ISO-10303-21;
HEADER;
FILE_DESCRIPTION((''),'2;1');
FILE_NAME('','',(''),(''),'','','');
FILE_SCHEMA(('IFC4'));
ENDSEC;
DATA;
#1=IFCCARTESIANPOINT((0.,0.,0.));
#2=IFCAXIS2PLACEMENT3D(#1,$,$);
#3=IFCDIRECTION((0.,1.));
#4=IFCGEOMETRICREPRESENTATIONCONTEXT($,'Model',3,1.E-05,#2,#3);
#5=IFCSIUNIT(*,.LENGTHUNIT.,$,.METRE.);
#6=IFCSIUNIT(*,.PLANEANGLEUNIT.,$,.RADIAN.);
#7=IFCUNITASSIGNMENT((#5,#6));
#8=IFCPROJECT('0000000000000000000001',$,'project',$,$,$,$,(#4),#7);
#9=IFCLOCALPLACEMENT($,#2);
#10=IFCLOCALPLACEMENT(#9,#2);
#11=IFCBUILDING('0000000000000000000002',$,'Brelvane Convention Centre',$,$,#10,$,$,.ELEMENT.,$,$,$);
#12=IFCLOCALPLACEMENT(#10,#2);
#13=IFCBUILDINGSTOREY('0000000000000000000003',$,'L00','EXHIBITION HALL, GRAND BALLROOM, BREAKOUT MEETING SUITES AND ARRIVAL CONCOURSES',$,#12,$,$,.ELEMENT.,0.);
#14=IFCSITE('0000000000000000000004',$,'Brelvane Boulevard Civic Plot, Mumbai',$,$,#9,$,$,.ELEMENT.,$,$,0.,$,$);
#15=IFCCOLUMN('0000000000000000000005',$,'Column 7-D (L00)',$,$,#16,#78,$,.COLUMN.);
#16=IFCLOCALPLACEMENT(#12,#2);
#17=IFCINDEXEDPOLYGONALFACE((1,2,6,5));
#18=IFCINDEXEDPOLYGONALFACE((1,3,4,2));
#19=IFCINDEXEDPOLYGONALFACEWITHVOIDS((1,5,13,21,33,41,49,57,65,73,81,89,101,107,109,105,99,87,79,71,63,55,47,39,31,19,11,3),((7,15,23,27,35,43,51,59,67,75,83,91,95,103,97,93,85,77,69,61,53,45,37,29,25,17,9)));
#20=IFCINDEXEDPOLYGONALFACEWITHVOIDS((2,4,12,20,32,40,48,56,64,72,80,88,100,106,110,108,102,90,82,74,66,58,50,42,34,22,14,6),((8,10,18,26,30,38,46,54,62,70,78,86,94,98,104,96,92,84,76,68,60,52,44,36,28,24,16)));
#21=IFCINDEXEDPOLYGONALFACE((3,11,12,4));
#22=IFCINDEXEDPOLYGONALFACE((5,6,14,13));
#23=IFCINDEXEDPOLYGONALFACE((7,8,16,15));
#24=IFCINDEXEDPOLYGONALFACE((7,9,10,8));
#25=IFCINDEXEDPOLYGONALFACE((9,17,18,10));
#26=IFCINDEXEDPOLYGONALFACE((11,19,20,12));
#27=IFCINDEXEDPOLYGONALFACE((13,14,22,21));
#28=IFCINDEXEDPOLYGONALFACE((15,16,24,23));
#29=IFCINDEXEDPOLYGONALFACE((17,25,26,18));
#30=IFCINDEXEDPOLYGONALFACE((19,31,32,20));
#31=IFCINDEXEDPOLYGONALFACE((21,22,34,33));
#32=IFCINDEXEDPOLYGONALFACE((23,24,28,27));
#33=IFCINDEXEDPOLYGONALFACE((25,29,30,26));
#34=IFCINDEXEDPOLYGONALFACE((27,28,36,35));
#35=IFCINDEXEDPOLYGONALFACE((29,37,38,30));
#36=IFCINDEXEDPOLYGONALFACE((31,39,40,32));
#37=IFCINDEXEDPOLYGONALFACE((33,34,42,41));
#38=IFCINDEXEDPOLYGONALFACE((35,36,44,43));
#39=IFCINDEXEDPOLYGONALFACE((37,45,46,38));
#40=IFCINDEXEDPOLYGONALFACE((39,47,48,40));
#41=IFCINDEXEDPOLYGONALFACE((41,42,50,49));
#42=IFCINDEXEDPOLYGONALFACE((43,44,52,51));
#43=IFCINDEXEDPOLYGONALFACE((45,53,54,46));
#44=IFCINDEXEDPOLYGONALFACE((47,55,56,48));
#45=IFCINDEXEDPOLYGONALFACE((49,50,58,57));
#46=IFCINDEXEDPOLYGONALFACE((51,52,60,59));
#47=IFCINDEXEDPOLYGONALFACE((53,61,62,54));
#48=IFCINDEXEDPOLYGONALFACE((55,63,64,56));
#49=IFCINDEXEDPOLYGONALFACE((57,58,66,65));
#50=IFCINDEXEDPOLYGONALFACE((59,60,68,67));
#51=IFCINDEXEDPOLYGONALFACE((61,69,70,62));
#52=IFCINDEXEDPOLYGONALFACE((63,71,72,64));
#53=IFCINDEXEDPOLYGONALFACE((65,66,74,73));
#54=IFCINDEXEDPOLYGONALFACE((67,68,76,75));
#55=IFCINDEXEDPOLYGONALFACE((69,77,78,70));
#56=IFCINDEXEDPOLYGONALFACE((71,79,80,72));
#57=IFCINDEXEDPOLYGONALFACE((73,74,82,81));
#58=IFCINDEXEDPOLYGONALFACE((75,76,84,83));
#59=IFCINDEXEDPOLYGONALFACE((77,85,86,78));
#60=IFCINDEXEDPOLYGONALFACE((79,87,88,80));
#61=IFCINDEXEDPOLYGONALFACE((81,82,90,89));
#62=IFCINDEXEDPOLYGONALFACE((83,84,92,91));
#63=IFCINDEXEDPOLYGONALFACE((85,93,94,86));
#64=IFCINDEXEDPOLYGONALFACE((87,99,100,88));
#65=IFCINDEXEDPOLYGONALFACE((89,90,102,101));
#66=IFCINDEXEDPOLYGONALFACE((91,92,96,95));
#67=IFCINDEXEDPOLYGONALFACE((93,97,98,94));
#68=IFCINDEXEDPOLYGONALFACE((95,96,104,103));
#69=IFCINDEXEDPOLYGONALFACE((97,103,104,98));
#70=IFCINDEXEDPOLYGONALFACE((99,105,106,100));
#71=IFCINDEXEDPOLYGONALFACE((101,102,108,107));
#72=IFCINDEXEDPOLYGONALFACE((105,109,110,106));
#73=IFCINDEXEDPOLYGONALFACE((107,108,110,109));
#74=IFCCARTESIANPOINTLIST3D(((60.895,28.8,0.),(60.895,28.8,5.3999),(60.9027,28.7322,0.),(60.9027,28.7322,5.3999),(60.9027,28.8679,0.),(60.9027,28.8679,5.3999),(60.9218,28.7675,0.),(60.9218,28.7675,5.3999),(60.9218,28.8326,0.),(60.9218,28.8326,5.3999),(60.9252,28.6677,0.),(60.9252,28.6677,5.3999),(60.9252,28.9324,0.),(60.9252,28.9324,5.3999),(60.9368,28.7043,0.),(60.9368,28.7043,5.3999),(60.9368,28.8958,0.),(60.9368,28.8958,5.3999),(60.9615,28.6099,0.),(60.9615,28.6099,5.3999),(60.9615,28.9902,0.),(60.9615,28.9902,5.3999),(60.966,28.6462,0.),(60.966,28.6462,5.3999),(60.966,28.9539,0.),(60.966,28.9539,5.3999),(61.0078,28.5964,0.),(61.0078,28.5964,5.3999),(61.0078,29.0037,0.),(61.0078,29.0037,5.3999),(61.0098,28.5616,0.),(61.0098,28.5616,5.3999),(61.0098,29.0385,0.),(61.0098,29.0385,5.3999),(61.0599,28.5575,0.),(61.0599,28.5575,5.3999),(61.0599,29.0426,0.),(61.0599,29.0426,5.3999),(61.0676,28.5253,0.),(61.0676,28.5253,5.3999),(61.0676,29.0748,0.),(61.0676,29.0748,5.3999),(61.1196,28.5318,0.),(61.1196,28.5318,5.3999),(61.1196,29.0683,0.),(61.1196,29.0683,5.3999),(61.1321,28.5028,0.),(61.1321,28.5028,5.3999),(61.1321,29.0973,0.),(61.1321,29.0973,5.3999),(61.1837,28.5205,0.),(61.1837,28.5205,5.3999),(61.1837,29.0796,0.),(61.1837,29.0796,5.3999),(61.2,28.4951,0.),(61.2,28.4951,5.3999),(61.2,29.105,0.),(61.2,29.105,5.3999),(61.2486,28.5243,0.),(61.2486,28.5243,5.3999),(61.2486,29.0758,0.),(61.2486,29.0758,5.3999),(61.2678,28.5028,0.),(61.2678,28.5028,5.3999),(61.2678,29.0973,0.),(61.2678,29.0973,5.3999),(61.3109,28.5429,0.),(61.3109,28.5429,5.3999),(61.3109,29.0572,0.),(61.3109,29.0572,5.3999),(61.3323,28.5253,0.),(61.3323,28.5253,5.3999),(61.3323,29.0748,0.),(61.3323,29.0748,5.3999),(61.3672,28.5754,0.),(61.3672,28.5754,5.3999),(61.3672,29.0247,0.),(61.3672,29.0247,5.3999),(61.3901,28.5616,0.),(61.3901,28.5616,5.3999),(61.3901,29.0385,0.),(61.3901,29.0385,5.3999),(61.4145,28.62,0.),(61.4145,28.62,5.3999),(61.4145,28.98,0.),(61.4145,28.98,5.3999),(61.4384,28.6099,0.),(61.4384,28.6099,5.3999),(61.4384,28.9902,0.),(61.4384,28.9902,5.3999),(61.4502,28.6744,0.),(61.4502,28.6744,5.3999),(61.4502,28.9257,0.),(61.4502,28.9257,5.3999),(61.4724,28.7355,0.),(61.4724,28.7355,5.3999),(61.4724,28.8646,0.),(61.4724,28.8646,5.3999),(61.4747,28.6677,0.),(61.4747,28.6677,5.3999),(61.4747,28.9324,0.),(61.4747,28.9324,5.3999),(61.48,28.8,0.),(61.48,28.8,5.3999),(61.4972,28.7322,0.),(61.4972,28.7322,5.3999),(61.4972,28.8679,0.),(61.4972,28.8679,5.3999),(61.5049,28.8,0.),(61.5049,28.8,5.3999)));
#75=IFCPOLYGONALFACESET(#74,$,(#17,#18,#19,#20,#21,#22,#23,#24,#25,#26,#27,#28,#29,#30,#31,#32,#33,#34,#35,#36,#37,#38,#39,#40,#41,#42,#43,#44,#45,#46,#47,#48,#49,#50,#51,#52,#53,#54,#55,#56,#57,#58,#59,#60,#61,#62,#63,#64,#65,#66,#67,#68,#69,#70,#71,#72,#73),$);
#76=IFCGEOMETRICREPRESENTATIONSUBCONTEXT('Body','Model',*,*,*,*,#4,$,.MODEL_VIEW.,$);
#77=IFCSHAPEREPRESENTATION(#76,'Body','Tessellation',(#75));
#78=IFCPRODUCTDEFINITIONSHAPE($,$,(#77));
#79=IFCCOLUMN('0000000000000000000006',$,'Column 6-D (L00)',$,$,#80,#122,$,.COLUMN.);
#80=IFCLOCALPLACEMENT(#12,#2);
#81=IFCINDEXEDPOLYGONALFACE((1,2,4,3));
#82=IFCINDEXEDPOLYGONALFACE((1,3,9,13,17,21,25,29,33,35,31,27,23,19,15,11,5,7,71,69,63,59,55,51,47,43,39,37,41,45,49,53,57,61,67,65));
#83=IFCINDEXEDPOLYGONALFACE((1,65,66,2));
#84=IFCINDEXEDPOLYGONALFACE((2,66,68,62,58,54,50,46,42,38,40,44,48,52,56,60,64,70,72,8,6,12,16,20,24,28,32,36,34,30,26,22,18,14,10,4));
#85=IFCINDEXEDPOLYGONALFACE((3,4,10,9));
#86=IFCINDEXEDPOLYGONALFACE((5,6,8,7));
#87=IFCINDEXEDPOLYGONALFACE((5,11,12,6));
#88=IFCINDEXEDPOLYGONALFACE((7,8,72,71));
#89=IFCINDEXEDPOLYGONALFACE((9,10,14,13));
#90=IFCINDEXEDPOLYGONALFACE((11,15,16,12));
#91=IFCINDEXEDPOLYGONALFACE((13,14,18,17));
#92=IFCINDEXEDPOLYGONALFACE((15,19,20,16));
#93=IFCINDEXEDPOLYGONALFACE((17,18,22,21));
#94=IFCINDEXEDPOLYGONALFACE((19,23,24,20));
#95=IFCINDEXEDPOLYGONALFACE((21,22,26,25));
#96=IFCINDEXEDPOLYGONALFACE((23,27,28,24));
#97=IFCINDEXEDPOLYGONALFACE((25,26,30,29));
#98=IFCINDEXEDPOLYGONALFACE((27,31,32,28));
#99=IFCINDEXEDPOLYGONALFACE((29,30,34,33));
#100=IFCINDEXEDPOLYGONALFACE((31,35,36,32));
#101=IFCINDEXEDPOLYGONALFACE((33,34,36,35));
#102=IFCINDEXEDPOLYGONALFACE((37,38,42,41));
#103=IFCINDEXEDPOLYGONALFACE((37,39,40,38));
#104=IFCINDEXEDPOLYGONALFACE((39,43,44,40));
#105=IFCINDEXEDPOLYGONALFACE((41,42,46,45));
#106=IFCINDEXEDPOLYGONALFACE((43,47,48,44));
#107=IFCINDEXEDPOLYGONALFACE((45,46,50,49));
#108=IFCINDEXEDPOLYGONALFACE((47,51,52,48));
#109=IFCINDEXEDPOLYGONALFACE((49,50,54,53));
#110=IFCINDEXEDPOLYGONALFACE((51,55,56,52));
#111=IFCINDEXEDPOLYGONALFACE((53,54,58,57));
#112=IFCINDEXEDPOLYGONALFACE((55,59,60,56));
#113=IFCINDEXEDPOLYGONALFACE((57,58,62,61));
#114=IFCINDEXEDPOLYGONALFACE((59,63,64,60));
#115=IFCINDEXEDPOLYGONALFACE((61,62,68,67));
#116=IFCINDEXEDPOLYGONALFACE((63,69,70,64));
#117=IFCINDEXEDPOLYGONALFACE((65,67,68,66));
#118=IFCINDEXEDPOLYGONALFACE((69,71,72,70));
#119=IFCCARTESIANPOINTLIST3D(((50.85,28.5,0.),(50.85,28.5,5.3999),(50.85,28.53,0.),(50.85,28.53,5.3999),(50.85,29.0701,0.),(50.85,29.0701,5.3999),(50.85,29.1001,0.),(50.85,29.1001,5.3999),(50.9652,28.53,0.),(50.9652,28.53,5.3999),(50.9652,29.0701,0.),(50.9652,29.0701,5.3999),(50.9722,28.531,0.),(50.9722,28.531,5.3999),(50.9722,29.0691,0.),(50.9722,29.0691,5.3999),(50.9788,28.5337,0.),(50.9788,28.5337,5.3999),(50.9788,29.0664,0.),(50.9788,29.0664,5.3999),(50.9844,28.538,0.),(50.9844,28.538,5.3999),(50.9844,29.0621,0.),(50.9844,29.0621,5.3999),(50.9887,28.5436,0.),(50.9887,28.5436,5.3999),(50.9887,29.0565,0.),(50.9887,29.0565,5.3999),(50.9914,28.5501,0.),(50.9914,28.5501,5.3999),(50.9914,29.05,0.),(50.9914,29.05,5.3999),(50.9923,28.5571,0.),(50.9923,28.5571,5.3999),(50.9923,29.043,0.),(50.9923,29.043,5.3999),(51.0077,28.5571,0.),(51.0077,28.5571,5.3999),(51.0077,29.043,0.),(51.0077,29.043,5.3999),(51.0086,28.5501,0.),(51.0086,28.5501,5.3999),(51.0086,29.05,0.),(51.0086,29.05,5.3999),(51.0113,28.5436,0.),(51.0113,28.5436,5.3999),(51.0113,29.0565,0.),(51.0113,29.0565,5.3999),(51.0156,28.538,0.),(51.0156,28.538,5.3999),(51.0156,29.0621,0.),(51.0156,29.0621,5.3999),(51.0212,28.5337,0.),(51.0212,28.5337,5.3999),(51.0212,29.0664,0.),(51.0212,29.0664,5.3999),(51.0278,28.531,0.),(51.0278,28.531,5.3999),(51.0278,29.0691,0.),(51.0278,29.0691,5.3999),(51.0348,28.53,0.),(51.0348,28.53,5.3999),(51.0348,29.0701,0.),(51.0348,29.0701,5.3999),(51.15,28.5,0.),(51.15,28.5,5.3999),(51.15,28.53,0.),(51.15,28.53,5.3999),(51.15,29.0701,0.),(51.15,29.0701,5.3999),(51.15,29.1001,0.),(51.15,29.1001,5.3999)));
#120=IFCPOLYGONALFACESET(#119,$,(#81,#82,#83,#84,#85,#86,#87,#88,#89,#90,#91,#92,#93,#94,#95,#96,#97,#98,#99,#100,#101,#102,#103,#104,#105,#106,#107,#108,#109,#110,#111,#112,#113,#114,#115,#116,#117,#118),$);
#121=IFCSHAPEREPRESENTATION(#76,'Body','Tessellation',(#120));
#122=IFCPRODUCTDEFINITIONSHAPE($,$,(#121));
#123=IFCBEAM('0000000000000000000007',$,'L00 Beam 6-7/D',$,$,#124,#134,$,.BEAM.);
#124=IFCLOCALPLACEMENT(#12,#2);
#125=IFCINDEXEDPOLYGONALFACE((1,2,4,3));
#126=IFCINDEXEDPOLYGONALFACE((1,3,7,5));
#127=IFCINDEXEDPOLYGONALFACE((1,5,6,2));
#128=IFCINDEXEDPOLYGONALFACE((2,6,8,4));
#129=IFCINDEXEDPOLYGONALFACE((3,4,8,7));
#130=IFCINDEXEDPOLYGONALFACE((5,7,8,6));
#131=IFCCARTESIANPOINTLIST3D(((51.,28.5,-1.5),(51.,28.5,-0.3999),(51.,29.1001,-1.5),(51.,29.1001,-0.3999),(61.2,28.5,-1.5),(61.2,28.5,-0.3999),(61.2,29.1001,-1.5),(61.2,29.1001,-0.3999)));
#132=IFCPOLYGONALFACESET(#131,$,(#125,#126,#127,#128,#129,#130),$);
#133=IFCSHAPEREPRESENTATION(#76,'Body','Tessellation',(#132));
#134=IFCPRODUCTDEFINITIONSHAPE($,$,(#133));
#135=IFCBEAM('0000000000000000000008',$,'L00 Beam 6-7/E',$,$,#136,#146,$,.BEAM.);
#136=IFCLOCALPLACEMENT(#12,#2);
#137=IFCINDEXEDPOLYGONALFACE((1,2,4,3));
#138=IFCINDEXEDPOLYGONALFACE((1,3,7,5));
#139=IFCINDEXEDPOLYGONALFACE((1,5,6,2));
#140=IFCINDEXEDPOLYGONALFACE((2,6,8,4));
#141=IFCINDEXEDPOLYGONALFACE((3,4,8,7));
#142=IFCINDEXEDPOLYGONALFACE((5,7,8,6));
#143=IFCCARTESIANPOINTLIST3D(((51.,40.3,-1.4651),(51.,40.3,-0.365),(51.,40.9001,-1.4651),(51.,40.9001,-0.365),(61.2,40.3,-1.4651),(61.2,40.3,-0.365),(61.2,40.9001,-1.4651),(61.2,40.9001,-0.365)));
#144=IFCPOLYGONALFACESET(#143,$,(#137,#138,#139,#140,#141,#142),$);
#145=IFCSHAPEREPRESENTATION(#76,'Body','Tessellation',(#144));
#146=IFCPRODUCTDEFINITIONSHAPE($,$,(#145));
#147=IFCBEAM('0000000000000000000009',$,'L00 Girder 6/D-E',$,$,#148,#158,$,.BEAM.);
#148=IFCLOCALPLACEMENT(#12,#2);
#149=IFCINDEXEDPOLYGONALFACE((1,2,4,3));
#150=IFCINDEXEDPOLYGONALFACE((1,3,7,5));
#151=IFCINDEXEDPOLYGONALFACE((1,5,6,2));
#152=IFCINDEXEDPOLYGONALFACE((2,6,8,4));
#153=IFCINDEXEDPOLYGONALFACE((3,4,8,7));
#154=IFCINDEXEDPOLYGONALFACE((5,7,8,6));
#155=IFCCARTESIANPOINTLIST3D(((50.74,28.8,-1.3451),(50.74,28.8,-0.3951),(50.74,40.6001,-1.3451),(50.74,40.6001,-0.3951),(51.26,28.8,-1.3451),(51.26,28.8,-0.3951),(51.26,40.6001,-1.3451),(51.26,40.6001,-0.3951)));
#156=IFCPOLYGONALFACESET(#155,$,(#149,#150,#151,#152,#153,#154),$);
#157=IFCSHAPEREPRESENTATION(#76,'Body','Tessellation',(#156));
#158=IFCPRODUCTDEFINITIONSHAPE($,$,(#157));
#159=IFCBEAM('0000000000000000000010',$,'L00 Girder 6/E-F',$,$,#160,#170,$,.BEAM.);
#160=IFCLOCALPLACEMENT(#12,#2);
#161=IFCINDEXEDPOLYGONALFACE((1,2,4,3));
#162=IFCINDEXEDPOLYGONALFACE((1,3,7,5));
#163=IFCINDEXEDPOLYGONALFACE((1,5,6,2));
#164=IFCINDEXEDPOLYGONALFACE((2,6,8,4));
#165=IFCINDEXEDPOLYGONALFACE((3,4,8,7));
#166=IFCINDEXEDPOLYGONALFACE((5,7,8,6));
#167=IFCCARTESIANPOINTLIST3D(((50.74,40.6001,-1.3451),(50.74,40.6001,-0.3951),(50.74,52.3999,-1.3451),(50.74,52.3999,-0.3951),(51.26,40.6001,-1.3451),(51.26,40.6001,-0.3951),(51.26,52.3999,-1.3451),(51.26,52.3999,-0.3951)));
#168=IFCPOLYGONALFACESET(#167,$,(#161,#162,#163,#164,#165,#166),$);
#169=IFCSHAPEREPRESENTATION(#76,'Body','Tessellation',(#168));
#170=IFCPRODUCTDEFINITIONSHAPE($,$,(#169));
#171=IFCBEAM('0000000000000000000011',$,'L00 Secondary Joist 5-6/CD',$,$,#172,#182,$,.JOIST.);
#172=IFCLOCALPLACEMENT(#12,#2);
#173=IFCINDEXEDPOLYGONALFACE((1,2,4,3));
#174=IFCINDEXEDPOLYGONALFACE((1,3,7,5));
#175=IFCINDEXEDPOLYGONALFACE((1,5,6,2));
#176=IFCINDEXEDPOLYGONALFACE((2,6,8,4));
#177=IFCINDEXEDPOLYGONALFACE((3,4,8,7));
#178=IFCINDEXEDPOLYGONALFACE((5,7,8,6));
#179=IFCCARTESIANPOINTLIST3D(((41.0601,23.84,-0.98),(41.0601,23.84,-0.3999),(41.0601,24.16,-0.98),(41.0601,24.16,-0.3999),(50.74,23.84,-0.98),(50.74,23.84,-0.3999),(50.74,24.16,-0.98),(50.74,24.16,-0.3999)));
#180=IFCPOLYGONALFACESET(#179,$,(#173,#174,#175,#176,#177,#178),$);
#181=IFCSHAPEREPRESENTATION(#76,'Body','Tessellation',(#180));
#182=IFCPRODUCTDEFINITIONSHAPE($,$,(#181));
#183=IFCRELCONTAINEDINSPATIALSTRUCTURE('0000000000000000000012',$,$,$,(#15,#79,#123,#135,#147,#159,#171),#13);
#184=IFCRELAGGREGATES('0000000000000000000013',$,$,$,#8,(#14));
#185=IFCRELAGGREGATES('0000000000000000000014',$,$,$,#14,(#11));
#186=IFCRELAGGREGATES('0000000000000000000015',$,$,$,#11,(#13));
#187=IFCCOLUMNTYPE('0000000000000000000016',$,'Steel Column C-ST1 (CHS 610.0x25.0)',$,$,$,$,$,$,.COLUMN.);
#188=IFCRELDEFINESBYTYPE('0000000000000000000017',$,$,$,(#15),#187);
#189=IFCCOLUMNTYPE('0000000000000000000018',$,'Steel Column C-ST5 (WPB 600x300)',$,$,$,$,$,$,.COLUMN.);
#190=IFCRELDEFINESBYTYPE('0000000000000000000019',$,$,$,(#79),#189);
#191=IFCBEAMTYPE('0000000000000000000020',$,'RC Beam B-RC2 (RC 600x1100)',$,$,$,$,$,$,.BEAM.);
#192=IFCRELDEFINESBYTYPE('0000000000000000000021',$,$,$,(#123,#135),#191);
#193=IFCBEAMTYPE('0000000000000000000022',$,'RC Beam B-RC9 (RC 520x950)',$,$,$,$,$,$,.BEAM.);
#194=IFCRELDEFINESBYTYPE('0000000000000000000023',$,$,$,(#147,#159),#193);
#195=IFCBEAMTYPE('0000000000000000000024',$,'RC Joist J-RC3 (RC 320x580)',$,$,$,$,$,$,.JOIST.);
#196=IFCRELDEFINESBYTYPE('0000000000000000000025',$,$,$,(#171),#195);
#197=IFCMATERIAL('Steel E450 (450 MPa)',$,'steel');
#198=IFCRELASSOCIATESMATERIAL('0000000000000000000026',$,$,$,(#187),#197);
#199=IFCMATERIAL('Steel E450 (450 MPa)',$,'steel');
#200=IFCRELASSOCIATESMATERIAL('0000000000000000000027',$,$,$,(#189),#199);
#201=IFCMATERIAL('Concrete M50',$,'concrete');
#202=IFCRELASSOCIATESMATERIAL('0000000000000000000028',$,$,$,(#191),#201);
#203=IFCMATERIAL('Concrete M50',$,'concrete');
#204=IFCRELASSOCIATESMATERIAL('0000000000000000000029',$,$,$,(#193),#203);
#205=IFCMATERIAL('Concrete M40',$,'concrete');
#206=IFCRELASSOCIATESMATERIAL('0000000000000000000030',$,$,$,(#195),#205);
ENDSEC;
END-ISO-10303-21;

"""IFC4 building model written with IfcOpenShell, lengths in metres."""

from ifc_helpers import new_model, si_unit, direction, frame, origin, origin_2d, place, context, subcontext, project, spatial, rectangle, hollow_circle, i_section, extrude, material, material_profile, profile_set, type_object, element, save


model = new_model("IFC4")

# Units and contexts
model_context = context("Model", 3, precision=1e-05, world=origin(), true_north=direction((0.0, 1.0)))
body_context = subcontext(model_context, "Body", "Model", "MODEL_VIEW")
ifc_project = project(units=[si_unit("LENGTHUNIT", "METRE"), si_unit("PLANEANGLEUNIT", "RADIAN")], contexts=[model_context])

# Site, building, storey
site_placement = place(None, origin())
site = spatial("IfcSite", under=ifc_project, at=site_placement, Name="Brelvane Boulevard Civic Plot, Mumbai", CompositionType="ELEMENT", RefElevation=0.0)
building_placement = place(site_placement, origin())
building = spatial("IfcBuilding", under=site, at=building_placement, Name="Brelvane Convention Centre", CompositionType="ELEMENT")
storey_placement = place(building_placement, origin())
storey = spatial("IfcBuildingStorey", under=building, at=storey_placement, Name="L00", Description="EXHIBITION HALL, GRAND BALLROOM, BREAKOUT MEETING SUITES AND ARRIVAL CONCOURSES", CompositionType="ELEMENT", Elevation=0.0)

# Columns
ifc_material_1 = material(Name="Steel E450 (450 MPa)", Category="steel")
ifc_material_profile_1 = material_profile(ifc_material_1, hollow_circle(Radius=0.3049, WallThickness=0.0249, at=origin_2d()), Name="CHS 610.0x25.0")
ifc_profile_set_1 = profile_set([ifc_material_profile_1], Name="Steel E450 (450 MPa)")
column_type_1 = type_object("IfcColumnType", Name="Steel Column C-ST1 (CHS 610.0x25.0)", PredefinedType="COLUMN", material=ifc_profile_set_1)
column_1_placement = place(storey_placement, frame((61.2, 28.8, 0.0), z_axis=(0.0, 0.0, 1.0), x_axis=(1.0, 0.0, 0.0)))
element("IfcColumn", 1, at=column_1_placement, inside=storey, type_object=column_type_1, Name="Column 7-D (L00)", PredefinedType="COLUMN", context=body_context, shape_type="SweptSolid", body=[
    extrude(hollow_circle(Radius=0.3049, WallThickness=0.0249, at=origin_2d()), origin(), (0.0, 0.0, 1.0), 5.3999),
])
ifc_material_2 = material(Name="Steel E450 (450 MPa)", Category="steel")
ifc_material_profile_2 = material_profile(ifc_material_2, i_section(OverallWidth=0.3, OverallDepth=0.6001, WebThickness=0.0154, FlangeThickness=0.03, FilletRadius=0.0271, at=origin_2d()), Name="WPB 600x300")
ifc_profile_set_2 = profile_set([ifc_material_profile_2], Name="Steel E450 (450 MPa)")
column_type_2 = type_object("IfcColumnType", Name="Steel Column C-ST5 (WPB 600x300)", PredefinedType="COLUMN", material=ifc_profile_set_2)
column_2_placement = place(storey_placement, frame((51.0, 28.8, 0.0), z_axis=(0.0, 0.0, 1.0), x_axis=(1.0, 0.0, 0.0)))
element("IfcColumn", 2, at=column_2_placement, inside=storey, type_object=column_type_2, Name="Column 6-D (L00)", PredefinedType="COLUMN", context=body_context, shape_type="SweptSolid", body=[
    extrude(i_section(OverallWidth=0.3, OverallDepth=0.6001, WebThickness=0.0154, FlangeThickness=0.03, FilletRadius=0.0271, at=origin_2d()), origin(), (0.0, 0.0, 1.0), 5.3999),
])

# Beams
ifc_material_3 = material(Name="Concrete M50", Category="concrete")
ifc_material_profile_3 = material_profile(ifc_material_3, rectangle(XDim=0.6001, YDim=1.1001, at=origin_2d()), Name="RC 600x1100")
ifc_profile_set_3 = profile_set([ifc_material_profile_3], Name="Concrete M50")
beam_type_1 = type_object("IfcBeamType", Name="RC Beam B-RC2 (RC 600x1100)", PredefinedType="BEAM", material=ifc_profile_set_3)
for number, where, z_axis, x_axis, name in (
    (3, (51.0, 28.8, -0.95), (1.0, 0.0, 0.0), (0.0, 1.0, 0.0), "L00 Beam 6-7/D"),
    (4, (51.0, 40.6001, -0.915), (1.0, 0.0, 0.0), (0.0, 1.0, 0.0), "L00 Beam 6-7/E"),
):
    element("IfcBeam", number, at=place(storey_placement, frame(where, z_axis=z_axis, x_axis=x_axis)), inside=storey, type_object=beam_type_1, Name=name, PredefinedType="BEAM", context=body_context, shape_type="SweptSolid", body=[
        extrude(rectangle(XDim=0.6001, YDim=1.1001, at=origin_2d()), origin(), (0.0, 0.0, 1.0), 10.2),
    ])
ifc_material_4 = material(Name="Concrete M50", Category="concrete")
ifc_material_profile_4 = material_profile(ifc_material_4, rectangle(XDim=0.52, YDim=0.95, at=origin_2d()), Name="RC 520x950")
ifc_profile_set_4 = profile_set([ifc_material_profile_4], Name="Concrete M50")
beam_type_2 = type_object("IfcBeamType", Name="RC Beam B-RC9 (RC 520x950)", PredefinedType="BEAM", material=ifc_profile_set_4)
beam_1_placement = place(storey_placement, frame((51.0, 28.8, -0.8701), z_axis=(0.0, 1.0, 0.0), x_axis=(-1.0, 0.0, 0.0)))
element("IfcBeam", 5, at=beam_1_placement, inside=storey, type_object=beam_type_2, Name="L00 Girder 6/D-E", PredefinedType="BEAM", context=body_context, shape_type="SweptSolid", body=[
    extrude(rectangle(XDim=0.52, YDim=0.95, at=origin_2d()), origin(), (0.0, 0.0, 1.0), 11.8),
])
beam_2_placement = place(storey_placement, frame((51.0, 40.6001, -0.8701), z_axis=(0.0, 1.0, 0.0), x_axis=(-1.0, 0.0, 0.0)))
element("IfcBeam", 6, at=beam_2_placement, inside=storey, type_object=beam_type_2, Name="L00 Girder 6/E-F", PredefinedType="BEAM", context=body_context, shape_type="SweptSolid", body=[
    extrude(rectangle(XDim=0.52, YDim=0.95, at=origin_2d()), origin(), (0.0, 0.0, 1.0), 11.7998),
])
ifc_material_5 = material(Name="Concrete M40", Category="concrete")
ifc_material_profile_5 = material_profile(ifc_material_5, rectangle(XDim=0.3201, YDim=0.5801, at=origin_2d()), Name="RC 320x580")
ifc_profile_set_5 = profile_set([ifc_material_profile_5], Name="Concrete M40")
beam_type_3 = type_object("IfcBeamType", Name="RC Joist J-RC3 (RC 320x580)", PredefinedType="JOIST", material=ifc_profile_set_5)
for number, where, z_axis, x_axis, name in (
    (7, (41.0601, 24.0, -0.6899), (1.0, 0.0, 0.0), (0.0, 1.0, 0.0), "L00 Secondary Joist 5-6/CD"),
):
    element("IfcBeam", number, at=place(storey_placement, frame(where, z_axis=z_axis, x_axis=x_axis)), inside=storey, type_object=beam_type_3, Name=name, PredefinedType="JOIST", context=body_context, shape_type="SweptSolid", body=[
        extrude(rectangle(XDim=0.3201, YDim=0.5801, at=origin_2d()), origin(), (0.0, 0.0, 1.0), 9.6799),
    ])

save(model, "model.ifc")
